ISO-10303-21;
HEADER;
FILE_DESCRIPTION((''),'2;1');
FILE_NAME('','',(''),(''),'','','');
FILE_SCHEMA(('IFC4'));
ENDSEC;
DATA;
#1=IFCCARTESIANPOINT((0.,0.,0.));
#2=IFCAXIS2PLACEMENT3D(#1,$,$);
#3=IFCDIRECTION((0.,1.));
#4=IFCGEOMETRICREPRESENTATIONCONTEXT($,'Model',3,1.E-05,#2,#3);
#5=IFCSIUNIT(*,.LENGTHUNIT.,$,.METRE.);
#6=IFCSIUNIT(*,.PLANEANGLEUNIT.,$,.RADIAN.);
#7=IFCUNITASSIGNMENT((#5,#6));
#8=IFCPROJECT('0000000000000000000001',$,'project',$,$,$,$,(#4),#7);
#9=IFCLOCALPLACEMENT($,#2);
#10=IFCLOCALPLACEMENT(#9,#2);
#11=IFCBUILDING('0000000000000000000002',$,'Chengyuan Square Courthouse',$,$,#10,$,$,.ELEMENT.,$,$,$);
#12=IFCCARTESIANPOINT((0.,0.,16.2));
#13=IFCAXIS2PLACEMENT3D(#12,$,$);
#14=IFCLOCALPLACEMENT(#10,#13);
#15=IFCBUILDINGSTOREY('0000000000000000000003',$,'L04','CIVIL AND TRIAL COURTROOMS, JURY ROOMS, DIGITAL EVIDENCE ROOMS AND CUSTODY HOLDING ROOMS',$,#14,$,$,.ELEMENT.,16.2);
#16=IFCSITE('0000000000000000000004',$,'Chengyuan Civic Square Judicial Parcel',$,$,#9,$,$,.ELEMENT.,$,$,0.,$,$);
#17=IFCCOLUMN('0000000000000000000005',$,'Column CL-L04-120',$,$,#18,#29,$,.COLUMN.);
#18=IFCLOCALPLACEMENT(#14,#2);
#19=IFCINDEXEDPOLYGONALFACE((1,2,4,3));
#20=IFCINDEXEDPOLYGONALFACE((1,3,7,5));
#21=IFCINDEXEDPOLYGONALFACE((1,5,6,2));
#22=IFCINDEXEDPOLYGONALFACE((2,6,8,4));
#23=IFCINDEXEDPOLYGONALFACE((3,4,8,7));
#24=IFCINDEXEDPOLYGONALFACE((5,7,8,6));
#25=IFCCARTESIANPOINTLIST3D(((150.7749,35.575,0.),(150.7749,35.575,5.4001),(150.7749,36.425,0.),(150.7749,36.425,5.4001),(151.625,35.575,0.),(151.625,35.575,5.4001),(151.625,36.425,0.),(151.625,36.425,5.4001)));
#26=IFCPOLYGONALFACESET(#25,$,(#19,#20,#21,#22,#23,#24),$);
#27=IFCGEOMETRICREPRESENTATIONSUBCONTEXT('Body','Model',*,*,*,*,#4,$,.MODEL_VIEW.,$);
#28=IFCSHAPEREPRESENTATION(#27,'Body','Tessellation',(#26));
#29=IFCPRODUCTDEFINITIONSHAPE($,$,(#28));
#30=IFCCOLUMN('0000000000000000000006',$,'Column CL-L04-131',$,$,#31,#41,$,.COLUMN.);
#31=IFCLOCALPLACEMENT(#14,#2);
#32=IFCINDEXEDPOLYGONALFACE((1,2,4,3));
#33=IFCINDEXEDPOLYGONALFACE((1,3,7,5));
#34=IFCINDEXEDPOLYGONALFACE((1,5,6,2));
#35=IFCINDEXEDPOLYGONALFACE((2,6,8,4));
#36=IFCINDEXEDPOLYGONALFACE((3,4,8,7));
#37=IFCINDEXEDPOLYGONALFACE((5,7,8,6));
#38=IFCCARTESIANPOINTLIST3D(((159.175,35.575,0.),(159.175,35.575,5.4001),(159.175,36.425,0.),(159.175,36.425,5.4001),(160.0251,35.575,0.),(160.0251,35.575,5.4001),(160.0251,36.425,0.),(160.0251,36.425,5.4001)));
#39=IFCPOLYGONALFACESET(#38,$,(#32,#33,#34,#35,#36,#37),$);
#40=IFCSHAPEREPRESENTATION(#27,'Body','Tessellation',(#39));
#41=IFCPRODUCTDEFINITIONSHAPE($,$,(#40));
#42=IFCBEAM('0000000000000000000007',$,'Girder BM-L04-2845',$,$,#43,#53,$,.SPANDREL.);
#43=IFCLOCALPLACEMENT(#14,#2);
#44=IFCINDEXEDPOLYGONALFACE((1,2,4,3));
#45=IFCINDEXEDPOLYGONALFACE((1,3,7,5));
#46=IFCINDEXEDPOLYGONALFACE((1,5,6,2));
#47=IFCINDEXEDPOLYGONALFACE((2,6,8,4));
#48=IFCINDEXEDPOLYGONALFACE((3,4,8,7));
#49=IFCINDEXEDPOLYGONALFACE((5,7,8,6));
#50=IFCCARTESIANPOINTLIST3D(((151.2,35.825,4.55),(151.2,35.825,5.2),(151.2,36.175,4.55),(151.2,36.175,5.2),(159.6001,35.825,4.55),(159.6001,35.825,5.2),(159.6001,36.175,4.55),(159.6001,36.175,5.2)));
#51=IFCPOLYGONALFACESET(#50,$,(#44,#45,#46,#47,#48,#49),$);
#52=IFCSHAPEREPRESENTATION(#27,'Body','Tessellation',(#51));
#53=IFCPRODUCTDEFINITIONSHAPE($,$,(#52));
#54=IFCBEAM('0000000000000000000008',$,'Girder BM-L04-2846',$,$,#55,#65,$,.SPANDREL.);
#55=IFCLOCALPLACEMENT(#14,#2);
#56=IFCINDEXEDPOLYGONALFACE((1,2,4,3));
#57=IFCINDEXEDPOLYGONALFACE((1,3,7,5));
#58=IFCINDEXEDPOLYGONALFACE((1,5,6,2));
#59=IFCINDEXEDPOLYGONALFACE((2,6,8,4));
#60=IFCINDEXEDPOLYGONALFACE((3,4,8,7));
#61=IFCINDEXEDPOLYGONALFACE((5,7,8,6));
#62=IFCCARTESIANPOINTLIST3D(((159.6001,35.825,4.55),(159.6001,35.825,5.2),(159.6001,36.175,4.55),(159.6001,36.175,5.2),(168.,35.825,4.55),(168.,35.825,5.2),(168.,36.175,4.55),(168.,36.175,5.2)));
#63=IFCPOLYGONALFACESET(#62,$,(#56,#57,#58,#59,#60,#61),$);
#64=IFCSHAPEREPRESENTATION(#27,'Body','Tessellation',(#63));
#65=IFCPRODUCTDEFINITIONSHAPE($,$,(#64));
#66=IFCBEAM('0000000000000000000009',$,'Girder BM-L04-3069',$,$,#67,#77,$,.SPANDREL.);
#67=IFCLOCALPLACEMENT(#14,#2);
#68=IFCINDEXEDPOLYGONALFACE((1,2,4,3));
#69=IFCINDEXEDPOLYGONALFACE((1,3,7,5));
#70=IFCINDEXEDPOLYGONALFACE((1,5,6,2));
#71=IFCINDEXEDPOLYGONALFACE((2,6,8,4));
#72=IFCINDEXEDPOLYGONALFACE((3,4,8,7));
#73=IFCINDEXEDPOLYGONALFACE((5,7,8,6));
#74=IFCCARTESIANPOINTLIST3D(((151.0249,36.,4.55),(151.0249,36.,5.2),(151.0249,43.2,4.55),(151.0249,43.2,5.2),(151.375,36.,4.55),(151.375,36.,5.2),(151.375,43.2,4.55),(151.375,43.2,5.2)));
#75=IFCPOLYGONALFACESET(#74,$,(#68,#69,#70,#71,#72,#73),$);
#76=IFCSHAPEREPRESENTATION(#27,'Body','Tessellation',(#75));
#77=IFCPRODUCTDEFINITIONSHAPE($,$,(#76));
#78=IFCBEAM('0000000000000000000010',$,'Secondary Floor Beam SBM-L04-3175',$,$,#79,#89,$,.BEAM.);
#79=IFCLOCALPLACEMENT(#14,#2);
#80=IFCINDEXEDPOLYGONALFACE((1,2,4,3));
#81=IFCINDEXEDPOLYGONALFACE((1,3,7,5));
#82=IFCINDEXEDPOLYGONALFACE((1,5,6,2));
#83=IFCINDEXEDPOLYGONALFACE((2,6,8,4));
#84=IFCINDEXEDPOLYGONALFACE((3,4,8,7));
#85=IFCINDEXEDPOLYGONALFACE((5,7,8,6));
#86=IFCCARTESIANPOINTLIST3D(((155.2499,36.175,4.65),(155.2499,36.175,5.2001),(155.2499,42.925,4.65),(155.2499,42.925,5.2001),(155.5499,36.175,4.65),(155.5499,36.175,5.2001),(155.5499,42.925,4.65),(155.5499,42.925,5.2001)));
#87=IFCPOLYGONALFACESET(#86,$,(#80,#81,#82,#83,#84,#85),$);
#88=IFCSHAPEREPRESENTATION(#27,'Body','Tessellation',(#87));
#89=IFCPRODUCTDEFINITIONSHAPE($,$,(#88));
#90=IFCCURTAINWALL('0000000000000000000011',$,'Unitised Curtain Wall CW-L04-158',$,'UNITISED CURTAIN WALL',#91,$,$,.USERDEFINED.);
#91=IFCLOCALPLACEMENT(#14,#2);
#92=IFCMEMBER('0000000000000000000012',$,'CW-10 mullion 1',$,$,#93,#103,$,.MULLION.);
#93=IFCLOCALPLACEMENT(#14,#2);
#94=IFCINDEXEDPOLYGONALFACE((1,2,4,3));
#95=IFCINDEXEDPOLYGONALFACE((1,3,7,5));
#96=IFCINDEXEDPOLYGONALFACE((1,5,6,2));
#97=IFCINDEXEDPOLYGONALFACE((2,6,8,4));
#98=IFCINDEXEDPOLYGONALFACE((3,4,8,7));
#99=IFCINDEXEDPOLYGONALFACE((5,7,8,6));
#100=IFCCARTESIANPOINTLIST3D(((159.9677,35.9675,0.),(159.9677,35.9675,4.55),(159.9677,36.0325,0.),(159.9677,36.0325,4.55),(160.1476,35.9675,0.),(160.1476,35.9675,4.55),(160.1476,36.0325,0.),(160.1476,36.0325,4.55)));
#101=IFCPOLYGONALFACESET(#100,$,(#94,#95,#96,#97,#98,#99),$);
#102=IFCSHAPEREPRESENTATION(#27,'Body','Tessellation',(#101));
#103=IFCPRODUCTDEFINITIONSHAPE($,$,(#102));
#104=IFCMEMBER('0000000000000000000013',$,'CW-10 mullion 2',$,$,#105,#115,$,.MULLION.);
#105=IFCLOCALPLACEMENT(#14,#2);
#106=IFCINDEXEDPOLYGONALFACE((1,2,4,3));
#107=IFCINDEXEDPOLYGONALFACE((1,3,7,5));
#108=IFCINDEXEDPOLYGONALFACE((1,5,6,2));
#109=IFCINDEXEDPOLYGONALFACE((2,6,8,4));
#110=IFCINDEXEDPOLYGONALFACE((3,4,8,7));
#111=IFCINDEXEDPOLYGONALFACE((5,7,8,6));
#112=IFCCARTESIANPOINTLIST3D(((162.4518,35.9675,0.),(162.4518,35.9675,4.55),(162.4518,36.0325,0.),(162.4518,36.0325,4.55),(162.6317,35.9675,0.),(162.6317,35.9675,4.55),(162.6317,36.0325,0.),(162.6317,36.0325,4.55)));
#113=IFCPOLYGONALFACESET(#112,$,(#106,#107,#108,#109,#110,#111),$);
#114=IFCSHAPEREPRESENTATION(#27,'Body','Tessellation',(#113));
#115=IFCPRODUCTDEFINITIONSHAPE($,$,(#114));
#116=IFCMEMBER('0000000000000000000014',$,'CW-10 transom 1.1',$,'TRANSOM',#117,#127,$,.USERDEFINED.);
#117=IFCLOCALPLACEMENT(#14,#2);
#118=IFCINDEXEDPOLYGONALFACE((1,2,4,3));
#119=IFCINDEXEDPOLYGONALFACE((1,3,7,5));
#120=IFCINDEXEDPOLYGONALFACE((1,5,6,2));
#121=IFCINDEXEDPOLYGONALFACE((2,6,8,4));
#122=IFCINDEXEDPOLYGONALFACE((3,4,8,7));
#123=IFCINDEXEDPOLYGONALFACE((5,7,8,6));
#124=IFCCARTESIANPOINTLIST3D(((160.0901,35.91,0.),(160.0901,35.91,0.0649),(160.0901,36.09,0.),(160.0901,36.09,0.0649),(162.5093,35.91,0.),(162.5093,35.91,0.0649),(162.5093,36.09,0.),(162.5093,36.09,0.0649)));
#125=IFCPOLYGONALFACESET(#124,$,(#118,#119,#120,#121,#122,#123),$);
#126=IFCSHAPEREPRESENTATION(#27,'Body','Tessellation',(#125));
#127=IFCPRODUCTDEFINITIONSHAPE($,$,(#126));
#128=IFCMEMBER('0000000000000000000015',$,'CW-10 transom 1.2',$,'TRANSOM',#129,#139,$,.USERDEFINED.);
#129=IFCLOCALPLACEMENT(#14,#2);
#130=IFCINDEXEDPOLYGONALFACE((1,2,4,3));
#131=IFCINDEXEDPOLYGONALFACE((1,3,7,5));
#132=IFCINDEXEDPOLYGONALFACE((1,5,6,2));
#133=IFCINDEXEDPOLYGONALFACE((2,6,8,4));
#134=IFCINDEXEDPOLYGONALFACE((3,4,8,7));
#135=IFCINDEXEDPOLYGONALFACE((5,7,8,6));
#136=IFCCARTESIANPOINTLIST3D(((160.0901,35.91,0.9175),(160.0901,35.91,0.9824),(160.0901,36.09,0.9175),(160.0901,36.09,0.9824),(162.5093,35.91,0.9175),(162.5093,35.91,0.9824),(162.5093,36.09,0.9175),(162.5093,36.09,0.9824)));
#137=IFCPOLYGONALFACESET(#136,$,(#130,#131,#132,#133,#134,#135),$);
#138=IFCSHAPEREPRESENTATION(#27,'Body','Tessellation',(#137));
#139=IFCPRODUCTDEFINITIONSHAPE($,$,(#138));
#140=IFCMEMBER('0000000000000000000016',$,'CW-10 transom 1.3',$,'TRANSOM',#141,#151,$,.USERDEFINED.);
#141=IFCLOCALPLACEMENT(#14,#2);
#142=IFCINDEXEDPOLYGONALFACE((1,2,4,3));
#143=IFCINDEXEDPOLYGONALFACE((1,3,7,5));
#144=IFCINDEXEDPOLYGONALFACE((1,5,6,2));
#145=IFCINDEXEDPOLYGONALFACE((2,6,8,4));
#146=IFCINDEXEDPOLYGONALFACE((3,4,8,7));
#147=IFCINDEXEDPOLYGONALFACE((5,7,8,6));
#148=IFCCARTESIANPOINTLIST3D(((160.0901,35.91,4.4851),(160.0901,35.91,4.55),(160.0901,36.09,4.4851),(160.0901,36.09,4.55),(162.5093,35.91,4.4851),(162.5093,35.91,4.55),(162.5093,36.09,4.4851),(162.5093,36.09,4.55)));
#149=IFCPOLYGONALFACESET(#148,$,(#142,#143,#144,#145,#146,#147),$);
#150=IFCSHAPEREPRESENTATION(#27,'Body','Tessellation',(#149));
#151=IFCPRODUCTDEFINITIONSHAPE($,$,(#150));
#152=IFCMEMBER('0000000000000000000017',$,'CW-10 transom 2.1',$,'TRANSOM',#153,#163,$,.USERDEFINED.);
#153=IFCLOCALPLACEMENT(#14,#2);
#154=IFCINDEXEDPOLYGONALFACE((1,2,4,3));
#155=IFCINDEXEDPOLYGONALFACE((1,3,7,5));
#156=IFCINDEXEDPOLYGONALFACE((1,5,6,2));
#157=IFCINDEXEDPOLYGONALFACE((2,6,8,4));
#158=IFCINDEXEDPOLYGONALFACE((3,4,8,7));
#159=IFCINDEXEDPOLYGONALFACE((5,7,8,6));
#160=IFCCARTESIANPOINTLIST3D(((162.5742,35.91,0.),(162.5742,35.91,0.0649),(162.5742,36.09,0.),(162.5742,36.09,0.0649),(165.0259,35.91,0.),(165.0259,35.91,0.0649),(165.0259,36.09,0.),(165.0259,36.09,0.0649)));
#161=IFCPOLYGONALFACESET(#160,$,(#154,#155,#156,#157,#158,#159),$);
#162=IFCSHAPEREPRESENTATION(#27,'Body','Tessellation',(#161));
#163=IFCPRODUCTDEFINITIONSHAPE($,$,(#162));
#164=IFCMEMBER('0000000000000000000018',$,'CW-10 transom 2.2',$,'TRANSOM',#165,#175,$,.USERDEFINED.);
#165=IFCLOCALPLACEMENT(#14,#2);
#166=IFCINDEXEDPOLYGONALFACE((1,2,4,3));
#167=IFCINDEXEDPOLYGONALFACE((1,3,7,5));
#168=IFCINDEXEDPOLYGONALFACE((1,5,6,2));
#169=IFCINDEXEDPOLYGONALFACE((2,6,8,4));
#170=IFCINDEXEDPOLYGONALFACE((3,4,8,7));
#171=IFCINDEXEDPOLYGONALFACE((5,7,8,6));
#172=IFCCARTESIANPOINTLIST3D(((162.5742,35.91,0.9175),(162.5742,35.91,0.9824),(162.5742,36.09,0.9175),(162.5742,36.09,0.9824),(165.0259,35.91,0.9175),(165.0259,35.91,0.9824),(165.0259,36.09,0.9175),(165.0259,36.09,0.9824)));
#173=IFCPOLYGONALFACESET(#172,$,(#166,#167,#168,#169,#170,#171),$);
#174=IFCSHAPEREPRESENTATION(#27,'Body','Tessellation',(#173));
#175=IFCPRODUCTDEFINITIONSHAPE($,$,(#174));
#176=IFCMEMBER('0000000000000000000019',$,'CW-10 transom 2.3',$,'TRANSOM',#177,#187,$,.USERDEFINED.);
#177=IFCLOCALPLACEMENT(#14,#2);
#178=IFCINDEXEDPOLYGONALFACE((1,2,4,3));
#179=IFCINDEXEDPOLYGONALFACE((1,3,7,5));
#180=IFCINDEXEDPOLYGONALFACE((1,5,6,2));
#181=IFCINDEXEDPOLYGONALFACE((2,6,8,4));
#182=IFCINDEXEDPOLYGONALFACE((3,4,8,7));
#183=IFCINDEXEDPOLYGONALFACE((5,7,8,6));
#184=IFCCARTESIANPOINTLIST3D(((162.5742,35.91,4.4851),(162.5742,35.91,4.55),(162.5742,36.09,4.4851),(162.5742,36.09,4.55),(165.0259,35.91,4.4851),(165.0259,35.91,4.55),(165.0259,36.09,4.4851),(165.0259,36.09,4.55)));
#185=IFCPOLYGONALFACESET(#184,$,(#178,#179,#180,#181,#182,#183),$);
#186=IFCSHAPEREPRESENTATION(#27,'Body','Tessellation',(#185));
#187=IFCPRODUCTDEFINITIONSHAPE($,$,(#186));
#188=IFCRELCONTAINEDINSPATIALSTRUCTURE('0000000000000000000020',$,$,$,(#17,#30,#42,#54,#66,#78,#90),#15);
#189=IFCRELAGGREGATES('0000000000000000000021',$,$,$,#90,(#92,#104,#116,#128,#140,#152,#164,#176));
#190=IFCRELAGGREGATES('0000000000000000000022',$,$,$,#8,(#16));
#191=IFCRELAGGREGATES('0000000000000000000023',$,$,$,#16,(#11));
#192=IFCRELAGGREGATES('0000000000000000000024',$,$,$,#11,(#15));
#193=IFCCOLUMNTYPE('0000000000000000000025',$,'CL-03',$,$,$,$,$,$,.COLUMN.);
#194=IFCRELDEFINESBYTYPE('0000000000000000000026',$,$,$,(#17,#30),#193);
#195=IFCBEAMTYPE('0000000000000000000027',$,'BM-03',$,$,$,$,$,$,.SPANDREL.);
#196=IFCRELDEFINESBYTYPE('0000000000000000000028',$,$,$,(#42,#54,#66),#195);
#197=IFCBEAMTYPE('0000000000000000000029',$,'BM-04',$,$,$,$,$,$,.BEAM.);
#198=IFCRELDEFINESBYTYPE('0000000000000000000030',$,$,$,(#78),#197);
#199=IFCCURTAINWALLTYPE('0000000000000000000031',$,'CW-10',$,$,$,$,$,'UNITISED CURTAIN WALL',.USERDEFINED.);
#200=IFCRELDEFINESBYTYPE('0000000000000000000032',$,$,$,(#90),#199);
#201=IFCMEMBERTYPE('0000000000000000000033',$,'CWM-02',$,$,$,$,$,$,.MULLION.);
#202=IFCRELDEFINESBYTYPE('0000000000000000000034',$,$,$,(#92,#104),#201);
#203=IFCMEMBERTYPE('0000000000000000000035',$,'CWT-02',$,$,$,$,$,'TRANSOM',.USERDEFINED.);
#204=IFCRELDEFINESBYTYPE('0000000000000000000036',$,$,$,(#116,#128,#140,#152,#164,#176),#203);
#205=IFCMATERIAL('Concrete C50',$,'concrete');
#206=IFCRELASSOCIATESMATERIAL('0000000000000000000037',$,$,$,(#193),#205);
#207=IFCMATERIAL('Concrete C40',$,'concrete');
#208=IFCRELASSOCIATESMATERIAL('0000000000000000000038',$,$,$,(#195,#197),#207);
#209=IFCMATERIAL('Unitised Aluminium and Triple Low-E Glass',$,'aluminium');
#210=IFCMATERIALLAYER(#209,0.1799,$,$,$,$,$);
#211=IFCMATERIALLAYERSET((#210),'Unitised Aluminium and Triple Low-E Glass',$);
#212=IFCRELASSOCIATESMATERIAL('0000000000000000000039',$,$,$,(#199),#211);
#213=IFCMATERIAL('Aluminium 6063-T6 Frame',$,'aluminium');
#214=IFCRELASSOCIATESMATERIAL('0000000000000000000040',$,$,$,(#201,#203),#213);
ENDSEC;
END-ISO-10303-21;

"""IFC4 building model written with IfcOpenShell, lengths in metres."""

from ifc_helpers import new_model, si_unit, direction, frame, origin, origin_2d, place, context, subcontext, project, spatial, rectangle, extrude, material, layer, layer_set, material_profile, profile_set, type_object, element, aggregate, save


model = new_model("IFC4")

# Units and contexts
model_context = context("Model", 3, precision=1e-05, world=origin(), true_north=direction((0.0, 1.0)))
body_context = subcontext(model_context, "Body", "Model", "MODEL_VIEW")
ifc_project = project(units=[si_unit("LENGTHUNIT", "METRE"), si_unit("PLANEANGLEUNIT", "RADIAN")], contexts=[model_context])

# Site, building, storey
site_placement = place(None, origin())
site = spatial("IfcSite", under=ifc_project, at=site_placement, Name="Chengyuan Civic Square Judicial Parcel", CompositionType="ELEMENT", RefElevation=0.0)
building_placement = place(site_placement, origin())
building = spatial("IfcBuilding", under=site, at=building_placement, Name="Chengyuan Square Courthouse", CompositionType="ELEMENT")
storey_placement = place(building_placement, frame((0.0, 0.0, 16.2)))
storey = spatial("IfcBuildingStorey", under=building, at=storey_placement, Name="L04", Description="CIVIL AND TRIAL COURTROOMS, JURY ROOMS, DIGITAL EVIDENCE ROOMS AND CUSTODY HOLDING ROOMS", CompositionType="ELEMENT", Elevation=16.2)

# Columns
ifc_material_1 = material(Name="Concrete C50", Category="concrete")
ifc_material_profile_1 = material_profile(ifc_material_1, rectangle(XDim=0.8501, YDim=0.8501, at=origin_2d()), Name="RC-COL-850x850")
ifc_profile_set_1 = profile_set([ifc_material_profile_1], Name="Concrete C50")
column_type = type_object("IfcColumnType", Name="CL-03", PredefinedType="COLUMN", material=ifc_profile_set_1)
for number, where, z_axis, x_axis, name in (
    (1, (151.2, 36.0, 0.0), (0.0, 0.0, 1.0), (1.0, 0.0, 0.0), "Column CL-L04-120"),
    (2, (159.6001, 36.0, 0.0), (0.0, 0.0, 1.0), (1.0, 0.0, 0.0), "Column CL-L04-131"),
):
    element("IfcColumn", number, at=place(storey_placement, frame(where, z_axis=z_axis, x_axis=x_axis)), inside=storey, type_object=column_type, Name=name, PredefinedType="COLUMN", context=body_context, shape_type="SweptSolid", body=[
        extrude(rectangle(XDim=0.8501, YDim=0.8501, at=origin_2d()), origin(), (0.0, 0.0, 1.0), 5.4001),
    ])

# Beams
ifc_material_2 = material(Name="Concrete C40", Category="concrete")
ifc_material_profile_2 = material_profile(ifc_material_2, rectangle(XDim=0.3501, YDim=0.6499, at=origin_2d()), Name="RC-BM-350x650")
ifc_profile_set_2 = profile_set([ifc_material_profile_2], Name="Concrete C40")
beam_type_1 = type_object("IfcBeamType", Name="BM-03", PredefinedType="SPANDREL", material=ifc_profile_set_2)
beam_1_placement = place(storey_placement, frame((151.2, 36.0, 4.875), z_axis=(1.0, 0.0, 0.0), x_axis=(0.0, 1.0, 0.0)))
element("IfcBeam", 3, at=beam_1_placement, inside=storey, type_object=beam_type_1, Name="Girder BM-L04-2845", PredefinedType="SPANDREL", context=body_context, shape_type="SweptSolid", body=[
    extrude(rectangle(XDim=0.3501, YDim=0.6499, at=origin_2d()), origin(), (0.0, 0.0, 1.0), 8.4001),
])
beam_2_placement = place(storey_placement, frame((159.6001, 36.0, 4.875), z_axis=(1.0, 0.0, 0.0), x_axis=(0.0, 1.0, 0.0)))
element("IfcBeam", 4, at=beam_2_placement, inside=storey, type_object=beam_type_1, Name="Girder BM-L04-2846", PredefinedType="SPANDREL", context=body_context, shape_type="SweptSolid", body=[
    extrude(rectangle(XDim=0.3501, YDim=0.6499, at=origin_2d()), origin(), (0.0, 0.0, 1.0), 8.3999),
])
beam_3_placement = place(storey_placement, frame((151.2, 36.0, 4.875), z_axis=(0.0, 1.0, 0.0), x_axis=(-1.0, 0.0, 0.0)))
element("IfcBeam", 5, at=beam_3_placement, inside=storey, type_object=beam_type_1, Name="Girder BM-L04-3069", PredefinedType="SPANDREL", context=body_context, shape_type="SweptSolid", body=[
    extrude(rectangle(XDim=0.3501, YDim=0.6499, at=origin_2d()), origin(), (0.0, 0.0, 1.0), 7.2),
])
ifc_material_profile_3 = material_profile(ifc_material_2, rectangle(XDim=0.3, YDim=0.55, at=origin_2d()), Name="RC-BM-300x550")
ifc_profile_set_3 = profile_set([ifc_material_profile_3], Name="Concrete C40")
beam_type_2 = type_object("IfcBeamType", Name="BM-04", PredefinedType="BEAM", material=ifc_profile_set_3)
beam_4_placement = place(storey_placement, frame((155.3999, 36.175, 4.925), z_axis=(0.0, 1.0, 0.0), x_axis=(-1.0, 0.0, 0.0)))
element("IfcBeam", 6, at=beam_4_placement, inside=storey, type_object=beam_type_2, Name="Secondary Floor Beam SBM-L04-3175", PredefinedType="BEAM", context=body_context, shape_type="SweptSolid", body=[
    extrude(rectangle(XDim=0.3, YDim=0.55, at=origin_2d()), origin(), (0.0, 0.0, 1.0), 6.75),
])

# Curtain wall, members
ifc_material_3 = material(Name="Unitised Aluminium and Triple Low-E Glass", Category="aluminium")
ifc_layer_1 = layer(ifc_material_3, 0.1799)
ifc_layer_set_1 = layer_set([ifc_layer_1], Name="Unitised Aluminium and Triple Low-E Glass")
curtain_wall_type = type_object("IfcCurtainWallType", Name="CW-10", ElementType="UNITISED CURTAIN WALL", PredefinedType="USERDEFINED", material=ifc_layer_set_1)
curtain_wall_placement = place(storey_placement, origin())
curtain_wall = element("IfcCurtainWall", 7, at=curtain_wall_placement, inside=storey, type_object=curtain_wall_type, Name="Unitised Curtain Wall CW-L04-158", ObjectType="UNITISED CURTAIN WALL", PredefinedType="USERDEFINED")
ifc_material_4 = material(Name="Aluminium 6063-T6 Frame", Category="aluminium")
ifc_material_profile_4 = material_profile(ifc_material_4, rectangle(XDim=0.0649, YDim=0.1799, at=origin_2d()), Name="CW-MUL-65x180")
ifc_profile_set_4 = profile_set([ifc_material_profile_4], Name="Aluminium 6063-T6 Frame")
member_type_1 = type_object("IfcMemberType", Name="CWM-02", PredefinedType="MULLION", material=ifc_profile_set_4)
member_1_placement = place(storey_placement, frame((160.0576, 36.0, 0.0), z_axis=(0.0, 0.0, 1.0), x_axis=(0.0, 1.0, 0.0)))
member_1 = element("IfcMember", 8, at=member_1_placement, type_object=member_type_1, Name="CW-10 mullion 1", PredefinedType="MULLION", context=body_context, shape_type="SweptSolid", body=[
    extrude(rectangle(XDim=0.0649, YDim=0.1799, at=origin_2d()), origin(), (0.0, 0.0, 1.0), 4.55),
])
member_2_placement = place(storey_placement, frame((162.5417, 36.0, 0.0), z_axis=(0.0, 0.0, 1.0), x_axis=(0.0, 1.0, 0.0)))
member_2 = element("IfcMember", 9, at=member_2_placement, type_object=member_type_1, Name="CW-10 mullion 2", PredefinedType="MULLION", context=body_context, shape_type="SweptSolid", body=[
    extrude(rectangle(XDim=0.0649, YDim=0.1799, at=origin_2d()), origin(), (0.0, 0.0, 1.0), 4.55),
])
ifc_material_profile_5 = material_profile(ifc_material_4, rectangle(XDim=0.1799, YDim=0.0649, at=origin_2d()), Name="CW-TRN-65x140")
ifc_profile_set_5 = profile_set([ifc_material_profile_5], Name="Aluminium 6063-T6 Frame")
member_type_2 = type_object("IfcMemberType", Name="CWT-02", ElementType="TRANSOM", PredefinedType="USERDEFINED", material=ifc_profile_set_5)
member_3_placement = place(storey_placement, frame((160.0901, 36.0, 0.0325), z_axis=(1.0, 0.0, 0.0), x_axis=(0.0, 1.0, 0.0)))
member_3 = element("IfcMember", 10, at=member_3_placement, type_object=member_type_2, Name="CW-10 transom 1.1", ObjectType="TRANSOM", PredefinedType="USERDEFINED", context=body_context, shape_type="SweptSolid", body=[
    extrude(rectangle(XDim=0.1799, YDim=0.0649, at=origin_2d()), origin(), (0.0, 0.0, 1.0), 2.4192),
])
member_4_placement = place(storey_placement, frame((160.0901, 36.0, 0.95), z_axis=(1.0, 0.0, 0.0), x_axis=(0.0, 1.0, 0.0)))
member_4 = element("IfcMember", 11, at=member_4_placement, type_object=member_type_2, Name="CW-10 transom 1.2", ObjectType="TRANSOM", PredefinedType="USERDEFINED", context=body_context, shape_type="SweptSolid", body=[
    extrude(rectangle(XDim=0.1799, YDim=0.0649, at=origin_2d()), origin(), (0.0, 0.0, 1.0), 2.4192),
])
member_5_placement = place(storey_placement, frame((160.0901, 36.0, 4.5176), z_axis=(1.0, 0.0, 0.0), x_axis=(0.0, 1.0, 0.0)))
member_5 = element("IfcMember", 12, at=member_5_placement, type_object=member_type_2, Name="CW-10 transom 1.3", ObjectType="TRANSOM", PredefinedType="USERDEFINED", context=body_context, shape_type="SweptSolid", body=[
    extrude(rectangle(XDim=0.1799, YDim=0.0649, at=origin_2d()), origin(), (0.0, 0.0, 1.0), 2.4192),
])
member_6_placement = place(storey_placement, frame((162.5742, 36.0, 0.0325), z_axis=(1.0, 0.0, 0.0), x_axis=(0.0, 1.0, 0.0)))
member_6 = element("IfcMember", 13, at=member_6_placement, type_object=member_type_2, Name="CW-10 transom 2.1", ObjectType="TRANSOM", PredefinedType="USERDEFINED", context=body_context, shape_type="SweptSolid", body=[
    extrude(rectangle(XDim=0.1799, YDim=0.0649, at=origin_2d()), origin(), (0.0, 0.0, 1.0), 2.4517),
])
member_7_placement = place(storey_placement, frame((162.5742, 36.0, 0.95), z_axis=(1.0, 0.0, 0.0), x_axis=(0.0, 1.0, 0.0)))
member_7 = element("IfcMember", 14, at=member_7_placement, type_object=member_type_2, Name="CW-10 transom 2.2", ObjectType="TRANSOM", PredefinedType="USERDEFINED", context=body_context, shape_type="SweptSolid", body=[
    extrude(rectangle(XDim=0.1799, YDim=0.0649, at=origin_2d()), origin(), (0.0, 0.0, 1.0), 2.4517),
])
member_8_placement = place(storey_placement, frame((162.5742, 36.0, 4.5176), z_axis=(1.0, 0.0, 0.0), x_axis=(0.0, 1.0, 0.0)))
member_8 = element("IfcMember", 15, at=member_8_placement, type_object=member_type_2, Name="CW-10 transom 2.3", ObjectType="TRANSOM", PredefinedType="USERDEFINED", context=body_context, shape_type="SweptSolid", body=[
    extrude(rectangle(XDim=0.1799, YDim=0.0649, at=origin_2d()), origin(), (0.0, 0.0, 1.0), 2.4517),
])
aggregate(curtain_wall, [member_1, member_2, member_3, member_4, member_5, member_6, member_7, member_8])

save(model, "model.ifc")
